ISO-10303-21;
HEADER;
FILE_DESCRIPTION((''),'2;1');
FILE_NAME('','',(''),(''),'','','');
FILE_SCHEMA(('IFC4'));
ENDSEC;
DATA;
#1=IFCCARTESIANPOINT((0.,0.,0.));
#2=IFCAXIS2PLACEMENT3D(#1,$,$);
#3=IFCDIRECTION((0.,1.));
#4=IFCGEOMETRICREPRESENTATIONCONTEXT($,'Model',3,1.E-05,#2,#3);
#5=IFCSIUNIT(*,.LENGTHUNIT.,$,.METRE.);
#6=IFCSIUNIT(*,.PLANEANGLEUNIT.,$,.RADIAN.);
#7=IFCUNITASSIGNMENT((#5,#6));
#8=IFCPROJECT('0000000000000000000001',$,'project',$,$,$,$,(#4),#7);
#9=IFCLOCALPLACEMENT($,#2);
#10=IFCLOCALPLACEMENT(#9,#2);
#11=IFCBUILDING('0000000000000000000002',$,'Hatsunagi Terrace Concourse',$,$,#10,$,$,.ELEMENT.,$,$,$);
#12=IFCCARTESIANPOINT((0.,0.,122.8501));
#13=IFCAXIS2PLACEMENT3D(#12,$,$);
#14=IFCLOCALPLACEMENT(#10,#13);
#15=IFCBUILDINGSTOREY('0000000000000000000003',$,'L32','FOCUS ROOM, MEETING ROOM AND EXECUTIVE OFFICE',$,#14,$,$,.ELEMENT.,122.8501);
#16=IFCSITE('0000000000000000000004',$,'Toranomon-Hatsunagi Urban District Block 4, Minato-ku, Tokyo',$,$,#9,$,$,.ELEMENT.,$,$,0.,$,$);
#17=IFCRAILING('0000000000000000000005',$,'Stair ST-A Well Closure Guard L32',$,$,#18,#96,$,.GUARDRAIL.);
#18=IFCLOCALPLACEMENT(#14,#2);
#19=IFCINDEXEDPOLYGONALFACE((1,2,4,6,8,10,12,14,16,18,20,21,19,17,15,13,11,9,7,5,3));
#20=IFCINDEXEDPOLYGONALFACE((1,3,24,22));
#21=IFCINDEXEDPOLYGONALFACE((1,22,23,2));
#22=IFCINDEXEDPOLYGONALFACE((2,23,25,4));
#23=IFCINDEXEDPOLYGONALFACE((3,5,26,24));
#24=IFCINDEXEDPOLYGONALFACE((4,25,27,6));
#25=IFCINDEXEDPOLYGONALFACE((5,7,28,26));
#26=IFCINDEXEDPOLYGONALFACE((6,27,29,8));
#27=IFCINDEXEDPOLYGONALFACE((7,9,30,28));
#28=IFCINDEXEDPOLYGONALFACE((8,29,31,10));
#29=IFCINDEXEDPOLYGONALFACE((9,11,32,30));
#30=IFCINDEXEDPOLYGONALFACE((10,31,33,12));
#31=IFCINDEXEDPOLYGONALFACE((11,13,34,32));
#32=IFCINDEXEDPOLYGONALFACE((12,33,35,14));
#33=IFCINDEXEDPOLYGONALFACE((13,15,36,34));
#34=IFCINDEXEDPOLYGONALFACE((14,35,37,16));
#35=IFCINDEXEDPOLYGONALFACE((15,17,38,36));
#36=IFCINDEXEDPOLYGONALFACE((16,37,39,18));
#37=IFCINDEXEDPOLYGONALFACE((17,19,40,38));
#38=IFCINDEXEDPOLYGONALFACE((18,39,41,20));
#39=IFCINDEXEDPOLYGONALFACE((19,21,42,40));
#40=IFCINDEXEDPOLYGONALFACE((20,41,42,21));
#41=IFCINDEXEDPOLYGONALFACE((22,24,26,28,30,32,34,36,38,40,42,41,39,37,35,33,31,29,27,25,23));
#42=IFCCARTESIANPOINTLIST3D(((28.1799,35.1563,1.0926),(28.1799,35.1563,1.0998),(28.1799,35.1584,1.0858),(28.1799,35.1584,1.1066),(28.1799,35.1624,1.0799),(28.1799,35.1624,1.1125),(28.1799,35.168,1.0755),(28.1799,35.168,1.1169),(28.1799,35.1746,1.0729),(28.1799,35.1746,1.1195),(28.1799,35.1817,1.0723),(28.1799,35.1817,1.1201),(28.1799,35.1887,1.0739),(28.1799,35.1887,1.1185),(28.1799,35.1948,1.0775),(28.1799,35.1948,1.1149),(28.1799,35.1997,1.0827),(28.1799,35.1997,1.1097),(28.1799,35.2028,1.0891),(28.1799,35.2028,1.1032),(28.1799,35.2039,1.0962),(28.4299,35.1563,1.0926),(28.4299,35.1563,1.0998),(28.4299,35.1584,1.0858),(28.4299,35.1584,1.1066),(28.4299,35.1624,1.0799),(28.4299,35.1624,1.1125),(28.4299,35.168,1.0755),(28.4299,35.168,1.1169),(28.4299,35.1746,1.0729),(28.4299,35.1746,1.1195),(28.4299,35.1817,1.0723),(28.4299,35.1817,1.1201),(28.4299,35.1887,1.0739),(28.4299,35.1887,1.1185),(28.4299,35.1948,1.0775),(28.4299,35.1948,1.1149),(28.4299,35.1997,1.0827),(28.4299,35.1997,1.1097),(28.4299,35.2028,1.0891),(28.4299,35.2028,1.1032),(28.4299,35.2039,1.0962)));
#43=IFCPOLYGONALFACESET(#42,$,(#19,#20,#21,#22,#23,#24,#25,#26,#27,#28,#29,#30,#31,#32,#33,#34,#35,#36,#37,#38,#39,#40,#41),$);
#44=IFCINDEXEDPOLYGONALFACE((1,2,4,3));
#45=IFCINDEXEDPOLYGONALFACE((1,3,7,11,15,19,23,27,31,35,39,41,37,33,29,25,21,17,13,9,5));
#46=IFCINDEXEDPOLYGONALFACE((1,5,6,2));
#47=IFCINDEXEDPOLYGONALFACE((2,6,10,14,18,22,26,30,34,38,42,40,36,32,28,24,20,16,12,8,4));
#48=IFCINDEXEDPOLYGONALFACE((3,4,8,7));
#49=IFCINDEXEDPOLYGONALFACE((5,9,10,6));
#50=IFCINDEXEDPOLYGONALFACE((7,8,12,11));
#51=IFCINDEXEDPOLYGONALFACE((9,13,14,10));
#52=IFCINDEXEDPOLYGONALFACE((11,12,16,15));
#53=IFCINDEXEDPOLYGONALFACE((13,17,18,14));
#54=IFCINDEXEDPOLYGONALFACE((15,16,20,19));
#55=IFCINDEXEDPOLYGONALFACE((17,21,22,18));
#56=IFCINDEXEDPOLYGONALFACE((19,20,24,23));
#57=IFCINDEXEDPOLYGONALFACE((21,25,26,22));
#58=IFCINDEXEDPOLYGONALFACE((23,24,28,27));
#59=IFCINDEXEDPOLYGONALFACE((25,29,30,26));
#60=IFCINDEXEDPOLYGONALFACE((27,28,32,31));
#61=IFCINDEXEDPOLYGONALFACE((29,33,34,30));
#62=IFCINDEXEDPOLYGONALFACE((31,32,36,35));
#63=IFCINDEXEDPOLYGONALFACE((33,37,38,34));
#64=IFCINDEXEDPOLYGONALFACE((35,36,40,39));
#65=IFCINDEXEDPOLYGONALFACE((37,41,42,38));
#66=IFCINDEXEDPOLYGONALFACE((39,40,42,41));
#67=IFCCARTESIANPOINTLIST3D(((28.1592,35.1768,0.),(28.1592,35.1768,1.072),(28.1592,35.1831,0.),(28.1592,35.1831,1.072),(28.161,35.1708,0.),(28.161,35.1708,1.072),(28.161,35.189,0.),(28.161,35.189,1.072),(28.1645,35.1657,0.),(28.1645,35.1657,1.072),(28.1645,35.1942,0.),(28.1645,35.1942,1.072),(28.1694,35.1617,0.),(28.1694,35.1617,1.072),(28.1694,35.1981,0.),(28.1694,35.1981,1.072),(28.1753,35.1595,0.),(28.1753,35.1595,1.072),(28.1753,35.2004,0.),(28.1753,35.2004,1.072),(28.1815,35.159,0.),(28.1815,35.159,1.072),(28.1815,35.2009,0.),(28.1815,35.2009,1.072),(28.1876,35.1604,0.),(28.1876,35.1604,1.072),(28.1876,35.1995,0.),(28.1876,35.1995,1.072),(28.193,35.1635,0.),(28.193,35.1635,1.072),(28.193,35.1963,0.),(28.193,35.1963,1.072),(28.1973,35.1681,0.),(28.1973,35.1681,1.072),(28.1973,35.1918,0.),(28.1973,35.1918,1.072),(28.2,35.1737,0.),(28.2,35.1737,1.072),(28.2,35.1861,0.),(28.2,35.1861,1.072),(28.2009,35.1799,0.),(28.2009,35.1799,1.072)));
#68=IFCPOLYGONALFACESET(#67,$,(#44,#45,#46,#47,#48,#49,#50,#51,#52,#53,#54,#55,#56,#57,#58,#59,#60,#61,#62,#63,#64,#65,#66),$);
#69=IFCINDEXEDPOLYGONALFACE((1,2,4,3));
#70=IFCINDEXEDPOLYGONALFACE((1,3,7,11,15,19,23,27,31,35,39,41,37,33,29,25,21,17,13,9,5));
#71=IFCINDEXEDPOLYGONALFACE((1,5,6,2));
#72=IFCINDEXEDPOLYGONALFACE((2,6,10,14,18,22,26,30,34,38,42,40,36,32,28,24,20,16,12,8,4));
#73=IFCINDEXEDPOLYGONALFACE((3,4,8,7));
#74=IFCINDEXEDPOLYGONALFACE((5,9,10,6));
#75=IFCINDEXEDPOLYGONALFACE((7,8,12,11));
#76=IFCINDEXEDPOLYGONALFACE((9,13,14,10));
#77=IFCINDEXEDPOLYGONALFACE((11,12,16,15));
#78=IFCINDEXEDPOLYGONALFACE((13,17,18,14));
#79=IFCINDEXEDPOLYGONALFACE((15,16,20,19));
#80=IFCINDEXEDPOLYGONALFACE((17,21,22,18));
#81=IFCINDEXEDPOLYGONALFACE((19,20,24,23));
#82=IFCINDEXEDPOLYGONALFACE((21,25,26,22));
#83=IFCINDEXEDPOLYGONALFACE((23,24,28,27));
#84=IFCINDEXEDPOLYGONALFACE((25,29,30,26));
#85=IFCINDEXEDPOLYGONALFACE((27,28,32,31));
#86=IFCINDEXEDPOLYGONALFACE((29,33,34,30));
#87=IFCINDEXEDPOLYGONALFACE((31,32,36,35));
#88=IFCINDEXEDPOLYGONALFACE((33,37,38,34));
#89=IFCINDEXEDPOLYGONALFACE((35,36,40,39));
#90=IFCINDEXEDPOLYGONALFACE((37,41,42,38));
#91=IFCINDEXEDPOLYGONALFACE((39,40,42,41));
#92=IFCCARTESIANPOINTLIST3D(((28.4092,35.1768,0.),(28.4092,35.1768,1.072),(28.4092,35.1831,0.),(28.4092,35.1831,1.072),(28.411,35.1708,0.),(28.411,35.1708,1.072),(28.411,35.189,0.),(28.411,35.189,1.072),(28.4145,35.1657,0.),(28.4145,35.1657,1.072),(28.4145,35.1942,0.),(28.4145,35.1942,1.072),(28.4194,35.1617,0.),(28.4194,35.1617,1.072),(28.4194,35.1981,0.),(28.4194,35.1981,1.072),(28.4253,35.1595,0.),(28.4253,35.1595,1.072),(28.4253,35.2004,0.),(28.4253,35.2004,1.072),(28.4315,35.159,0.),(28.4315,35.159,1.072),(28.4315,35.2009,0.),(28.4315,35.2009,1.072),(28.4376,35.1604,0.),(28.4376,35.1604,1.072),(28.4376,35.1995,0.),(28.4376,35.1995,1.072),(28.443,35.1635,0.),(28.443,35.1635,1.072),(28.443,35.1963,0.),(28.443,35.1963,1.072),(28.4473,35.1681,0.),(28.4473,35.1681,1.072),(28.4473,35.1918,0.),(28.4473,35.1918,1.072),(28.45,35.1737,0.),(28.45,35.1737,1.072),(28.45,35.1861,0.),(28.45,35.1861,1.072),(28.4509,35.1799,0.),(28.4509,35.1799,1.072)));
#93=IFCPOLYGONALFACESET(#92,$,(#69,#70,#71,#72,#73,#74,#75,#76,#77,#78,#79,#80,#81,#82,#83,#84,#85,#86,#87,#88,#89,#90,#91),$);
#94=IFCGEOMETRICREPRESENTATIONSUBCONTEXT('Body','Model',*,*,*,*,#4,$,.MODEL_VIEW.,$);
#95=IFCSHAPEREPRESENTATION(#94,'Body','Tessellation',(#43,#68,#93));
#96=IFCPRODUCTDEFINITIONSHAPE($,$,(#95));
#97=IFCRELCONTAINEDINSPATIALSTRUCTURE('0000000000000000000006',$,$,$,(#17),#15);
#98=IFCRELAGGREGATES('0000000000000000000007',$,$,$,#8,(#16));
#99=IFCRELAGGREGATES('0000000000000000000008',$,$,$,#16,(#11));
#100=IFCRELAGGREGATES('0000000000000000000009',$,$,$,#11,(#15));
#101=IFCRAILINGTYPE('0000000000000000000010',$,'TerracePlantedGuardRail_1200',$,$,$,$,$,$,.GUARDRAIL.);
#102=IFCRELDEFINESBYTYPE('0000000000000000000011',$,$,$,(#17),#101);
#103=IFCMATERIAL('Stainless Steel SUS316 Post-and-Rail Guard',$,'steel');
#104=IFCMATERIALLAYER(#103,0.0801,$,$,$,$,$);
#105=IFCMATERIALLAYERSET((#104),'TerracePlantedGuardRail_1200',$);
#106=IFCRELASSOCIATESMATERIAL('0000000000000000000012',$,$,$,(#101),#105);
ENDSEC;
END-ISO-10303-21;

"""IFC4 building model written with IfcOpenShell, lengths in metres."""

from ifc_helpers import new_model, si_unit, direction, frame, origin, origin_2d, place, context, subcontext, project, spatial, circle, extrude, material, layer, layer_set, type_object, element, save


model = new_model("IFC4")

# Units and contexts
model_context = context("Model", 3, precision=1e-05, world=origin(), true_north=direction((0.0, 1.0)))
body_context = subcontext(model_context, "Body", "Model", "MODEL_VIEW")
ifc_project = project(units=[si_unit("LENGTHUNIT", "METRE"), si_unit("PLANEANGLEUNIT", "RADIAN")], contexts=[model_context])

# Site, building, storey
site_placement = place(None, origin())
site = spatial("IfcSite", under=ifc_project, at=site_placement, Name="Toranomon-Hatsunagi Urban District Block 4, Minato-ku, Tokyo", CompositionType="ELEMENT", RefElevation=0.0)
building_placement = place(site_placement, origin())
building = spatial("IfcBuilding", under=site, at=building_placement, Name="Hatsunagi Terrace Concourse", CompositionType="ELEMENT")
storey_placement = place(building_placement, frame((0.0, 0.0, 122.8501)))
storey = spatial("IfcBuildingStorey", under=building, at=storey_placement, Name="L32", Description="FOCUS ROOM, MEETING ROOM AND EXECUTIVE OFFICE", CompositionType="ELEMENT", Elevation=122.8501)

# Railing
ifc_material_1 = material(Name="Stainless Steel SUS316 Post-and-Rail Guard", Category="steel")
ifc_layer_1 = layer(ifc_material_1, 0.0801)
ifc_layer_set_1 = layer_set([ifc_layer_1], Name="TerracePlantedGuardRail_1200")
railing_type_1 = type_object("IfcRailingType", Name="TerracePlantedGuardRail_1200", PredefinedType="GUARDRAIL", material=ifc_layer_set_1)
railing_1_placement = place(storey_placement, frame((28.1799, 35.1799, 0.0)))
element("IfcRailing", 1, at=railing_1_placement, inside=storey, type_object=railing_type_1, Name="Stair ST-A Well Closure Guard L32", PredefinedType="GUARDRAIL", context=body_context, shape_type="SweptSolid", body=[
    extrude(circle(Radius=0.0239, at=origin_2d()), frame((0.0, 0.0, 1.0962), z_axis=(1.0, 0.0, 0.0), x_axis=(0.0, 1.0, 0.0)), (0.0, 0.0, 1.0), 0.25),
    extrude(circle(Radius=0.021, at=origin_2d()), origin(), (0.0, 0.0, 1.0), 1.072),
    extrude(circle(Radius=0.021, at=origin_2d()), frame((0.25, 0.0, 0.0)), (0.0, 0.0, 1.0), 1.072),
])

save(model, "model.ifc")
